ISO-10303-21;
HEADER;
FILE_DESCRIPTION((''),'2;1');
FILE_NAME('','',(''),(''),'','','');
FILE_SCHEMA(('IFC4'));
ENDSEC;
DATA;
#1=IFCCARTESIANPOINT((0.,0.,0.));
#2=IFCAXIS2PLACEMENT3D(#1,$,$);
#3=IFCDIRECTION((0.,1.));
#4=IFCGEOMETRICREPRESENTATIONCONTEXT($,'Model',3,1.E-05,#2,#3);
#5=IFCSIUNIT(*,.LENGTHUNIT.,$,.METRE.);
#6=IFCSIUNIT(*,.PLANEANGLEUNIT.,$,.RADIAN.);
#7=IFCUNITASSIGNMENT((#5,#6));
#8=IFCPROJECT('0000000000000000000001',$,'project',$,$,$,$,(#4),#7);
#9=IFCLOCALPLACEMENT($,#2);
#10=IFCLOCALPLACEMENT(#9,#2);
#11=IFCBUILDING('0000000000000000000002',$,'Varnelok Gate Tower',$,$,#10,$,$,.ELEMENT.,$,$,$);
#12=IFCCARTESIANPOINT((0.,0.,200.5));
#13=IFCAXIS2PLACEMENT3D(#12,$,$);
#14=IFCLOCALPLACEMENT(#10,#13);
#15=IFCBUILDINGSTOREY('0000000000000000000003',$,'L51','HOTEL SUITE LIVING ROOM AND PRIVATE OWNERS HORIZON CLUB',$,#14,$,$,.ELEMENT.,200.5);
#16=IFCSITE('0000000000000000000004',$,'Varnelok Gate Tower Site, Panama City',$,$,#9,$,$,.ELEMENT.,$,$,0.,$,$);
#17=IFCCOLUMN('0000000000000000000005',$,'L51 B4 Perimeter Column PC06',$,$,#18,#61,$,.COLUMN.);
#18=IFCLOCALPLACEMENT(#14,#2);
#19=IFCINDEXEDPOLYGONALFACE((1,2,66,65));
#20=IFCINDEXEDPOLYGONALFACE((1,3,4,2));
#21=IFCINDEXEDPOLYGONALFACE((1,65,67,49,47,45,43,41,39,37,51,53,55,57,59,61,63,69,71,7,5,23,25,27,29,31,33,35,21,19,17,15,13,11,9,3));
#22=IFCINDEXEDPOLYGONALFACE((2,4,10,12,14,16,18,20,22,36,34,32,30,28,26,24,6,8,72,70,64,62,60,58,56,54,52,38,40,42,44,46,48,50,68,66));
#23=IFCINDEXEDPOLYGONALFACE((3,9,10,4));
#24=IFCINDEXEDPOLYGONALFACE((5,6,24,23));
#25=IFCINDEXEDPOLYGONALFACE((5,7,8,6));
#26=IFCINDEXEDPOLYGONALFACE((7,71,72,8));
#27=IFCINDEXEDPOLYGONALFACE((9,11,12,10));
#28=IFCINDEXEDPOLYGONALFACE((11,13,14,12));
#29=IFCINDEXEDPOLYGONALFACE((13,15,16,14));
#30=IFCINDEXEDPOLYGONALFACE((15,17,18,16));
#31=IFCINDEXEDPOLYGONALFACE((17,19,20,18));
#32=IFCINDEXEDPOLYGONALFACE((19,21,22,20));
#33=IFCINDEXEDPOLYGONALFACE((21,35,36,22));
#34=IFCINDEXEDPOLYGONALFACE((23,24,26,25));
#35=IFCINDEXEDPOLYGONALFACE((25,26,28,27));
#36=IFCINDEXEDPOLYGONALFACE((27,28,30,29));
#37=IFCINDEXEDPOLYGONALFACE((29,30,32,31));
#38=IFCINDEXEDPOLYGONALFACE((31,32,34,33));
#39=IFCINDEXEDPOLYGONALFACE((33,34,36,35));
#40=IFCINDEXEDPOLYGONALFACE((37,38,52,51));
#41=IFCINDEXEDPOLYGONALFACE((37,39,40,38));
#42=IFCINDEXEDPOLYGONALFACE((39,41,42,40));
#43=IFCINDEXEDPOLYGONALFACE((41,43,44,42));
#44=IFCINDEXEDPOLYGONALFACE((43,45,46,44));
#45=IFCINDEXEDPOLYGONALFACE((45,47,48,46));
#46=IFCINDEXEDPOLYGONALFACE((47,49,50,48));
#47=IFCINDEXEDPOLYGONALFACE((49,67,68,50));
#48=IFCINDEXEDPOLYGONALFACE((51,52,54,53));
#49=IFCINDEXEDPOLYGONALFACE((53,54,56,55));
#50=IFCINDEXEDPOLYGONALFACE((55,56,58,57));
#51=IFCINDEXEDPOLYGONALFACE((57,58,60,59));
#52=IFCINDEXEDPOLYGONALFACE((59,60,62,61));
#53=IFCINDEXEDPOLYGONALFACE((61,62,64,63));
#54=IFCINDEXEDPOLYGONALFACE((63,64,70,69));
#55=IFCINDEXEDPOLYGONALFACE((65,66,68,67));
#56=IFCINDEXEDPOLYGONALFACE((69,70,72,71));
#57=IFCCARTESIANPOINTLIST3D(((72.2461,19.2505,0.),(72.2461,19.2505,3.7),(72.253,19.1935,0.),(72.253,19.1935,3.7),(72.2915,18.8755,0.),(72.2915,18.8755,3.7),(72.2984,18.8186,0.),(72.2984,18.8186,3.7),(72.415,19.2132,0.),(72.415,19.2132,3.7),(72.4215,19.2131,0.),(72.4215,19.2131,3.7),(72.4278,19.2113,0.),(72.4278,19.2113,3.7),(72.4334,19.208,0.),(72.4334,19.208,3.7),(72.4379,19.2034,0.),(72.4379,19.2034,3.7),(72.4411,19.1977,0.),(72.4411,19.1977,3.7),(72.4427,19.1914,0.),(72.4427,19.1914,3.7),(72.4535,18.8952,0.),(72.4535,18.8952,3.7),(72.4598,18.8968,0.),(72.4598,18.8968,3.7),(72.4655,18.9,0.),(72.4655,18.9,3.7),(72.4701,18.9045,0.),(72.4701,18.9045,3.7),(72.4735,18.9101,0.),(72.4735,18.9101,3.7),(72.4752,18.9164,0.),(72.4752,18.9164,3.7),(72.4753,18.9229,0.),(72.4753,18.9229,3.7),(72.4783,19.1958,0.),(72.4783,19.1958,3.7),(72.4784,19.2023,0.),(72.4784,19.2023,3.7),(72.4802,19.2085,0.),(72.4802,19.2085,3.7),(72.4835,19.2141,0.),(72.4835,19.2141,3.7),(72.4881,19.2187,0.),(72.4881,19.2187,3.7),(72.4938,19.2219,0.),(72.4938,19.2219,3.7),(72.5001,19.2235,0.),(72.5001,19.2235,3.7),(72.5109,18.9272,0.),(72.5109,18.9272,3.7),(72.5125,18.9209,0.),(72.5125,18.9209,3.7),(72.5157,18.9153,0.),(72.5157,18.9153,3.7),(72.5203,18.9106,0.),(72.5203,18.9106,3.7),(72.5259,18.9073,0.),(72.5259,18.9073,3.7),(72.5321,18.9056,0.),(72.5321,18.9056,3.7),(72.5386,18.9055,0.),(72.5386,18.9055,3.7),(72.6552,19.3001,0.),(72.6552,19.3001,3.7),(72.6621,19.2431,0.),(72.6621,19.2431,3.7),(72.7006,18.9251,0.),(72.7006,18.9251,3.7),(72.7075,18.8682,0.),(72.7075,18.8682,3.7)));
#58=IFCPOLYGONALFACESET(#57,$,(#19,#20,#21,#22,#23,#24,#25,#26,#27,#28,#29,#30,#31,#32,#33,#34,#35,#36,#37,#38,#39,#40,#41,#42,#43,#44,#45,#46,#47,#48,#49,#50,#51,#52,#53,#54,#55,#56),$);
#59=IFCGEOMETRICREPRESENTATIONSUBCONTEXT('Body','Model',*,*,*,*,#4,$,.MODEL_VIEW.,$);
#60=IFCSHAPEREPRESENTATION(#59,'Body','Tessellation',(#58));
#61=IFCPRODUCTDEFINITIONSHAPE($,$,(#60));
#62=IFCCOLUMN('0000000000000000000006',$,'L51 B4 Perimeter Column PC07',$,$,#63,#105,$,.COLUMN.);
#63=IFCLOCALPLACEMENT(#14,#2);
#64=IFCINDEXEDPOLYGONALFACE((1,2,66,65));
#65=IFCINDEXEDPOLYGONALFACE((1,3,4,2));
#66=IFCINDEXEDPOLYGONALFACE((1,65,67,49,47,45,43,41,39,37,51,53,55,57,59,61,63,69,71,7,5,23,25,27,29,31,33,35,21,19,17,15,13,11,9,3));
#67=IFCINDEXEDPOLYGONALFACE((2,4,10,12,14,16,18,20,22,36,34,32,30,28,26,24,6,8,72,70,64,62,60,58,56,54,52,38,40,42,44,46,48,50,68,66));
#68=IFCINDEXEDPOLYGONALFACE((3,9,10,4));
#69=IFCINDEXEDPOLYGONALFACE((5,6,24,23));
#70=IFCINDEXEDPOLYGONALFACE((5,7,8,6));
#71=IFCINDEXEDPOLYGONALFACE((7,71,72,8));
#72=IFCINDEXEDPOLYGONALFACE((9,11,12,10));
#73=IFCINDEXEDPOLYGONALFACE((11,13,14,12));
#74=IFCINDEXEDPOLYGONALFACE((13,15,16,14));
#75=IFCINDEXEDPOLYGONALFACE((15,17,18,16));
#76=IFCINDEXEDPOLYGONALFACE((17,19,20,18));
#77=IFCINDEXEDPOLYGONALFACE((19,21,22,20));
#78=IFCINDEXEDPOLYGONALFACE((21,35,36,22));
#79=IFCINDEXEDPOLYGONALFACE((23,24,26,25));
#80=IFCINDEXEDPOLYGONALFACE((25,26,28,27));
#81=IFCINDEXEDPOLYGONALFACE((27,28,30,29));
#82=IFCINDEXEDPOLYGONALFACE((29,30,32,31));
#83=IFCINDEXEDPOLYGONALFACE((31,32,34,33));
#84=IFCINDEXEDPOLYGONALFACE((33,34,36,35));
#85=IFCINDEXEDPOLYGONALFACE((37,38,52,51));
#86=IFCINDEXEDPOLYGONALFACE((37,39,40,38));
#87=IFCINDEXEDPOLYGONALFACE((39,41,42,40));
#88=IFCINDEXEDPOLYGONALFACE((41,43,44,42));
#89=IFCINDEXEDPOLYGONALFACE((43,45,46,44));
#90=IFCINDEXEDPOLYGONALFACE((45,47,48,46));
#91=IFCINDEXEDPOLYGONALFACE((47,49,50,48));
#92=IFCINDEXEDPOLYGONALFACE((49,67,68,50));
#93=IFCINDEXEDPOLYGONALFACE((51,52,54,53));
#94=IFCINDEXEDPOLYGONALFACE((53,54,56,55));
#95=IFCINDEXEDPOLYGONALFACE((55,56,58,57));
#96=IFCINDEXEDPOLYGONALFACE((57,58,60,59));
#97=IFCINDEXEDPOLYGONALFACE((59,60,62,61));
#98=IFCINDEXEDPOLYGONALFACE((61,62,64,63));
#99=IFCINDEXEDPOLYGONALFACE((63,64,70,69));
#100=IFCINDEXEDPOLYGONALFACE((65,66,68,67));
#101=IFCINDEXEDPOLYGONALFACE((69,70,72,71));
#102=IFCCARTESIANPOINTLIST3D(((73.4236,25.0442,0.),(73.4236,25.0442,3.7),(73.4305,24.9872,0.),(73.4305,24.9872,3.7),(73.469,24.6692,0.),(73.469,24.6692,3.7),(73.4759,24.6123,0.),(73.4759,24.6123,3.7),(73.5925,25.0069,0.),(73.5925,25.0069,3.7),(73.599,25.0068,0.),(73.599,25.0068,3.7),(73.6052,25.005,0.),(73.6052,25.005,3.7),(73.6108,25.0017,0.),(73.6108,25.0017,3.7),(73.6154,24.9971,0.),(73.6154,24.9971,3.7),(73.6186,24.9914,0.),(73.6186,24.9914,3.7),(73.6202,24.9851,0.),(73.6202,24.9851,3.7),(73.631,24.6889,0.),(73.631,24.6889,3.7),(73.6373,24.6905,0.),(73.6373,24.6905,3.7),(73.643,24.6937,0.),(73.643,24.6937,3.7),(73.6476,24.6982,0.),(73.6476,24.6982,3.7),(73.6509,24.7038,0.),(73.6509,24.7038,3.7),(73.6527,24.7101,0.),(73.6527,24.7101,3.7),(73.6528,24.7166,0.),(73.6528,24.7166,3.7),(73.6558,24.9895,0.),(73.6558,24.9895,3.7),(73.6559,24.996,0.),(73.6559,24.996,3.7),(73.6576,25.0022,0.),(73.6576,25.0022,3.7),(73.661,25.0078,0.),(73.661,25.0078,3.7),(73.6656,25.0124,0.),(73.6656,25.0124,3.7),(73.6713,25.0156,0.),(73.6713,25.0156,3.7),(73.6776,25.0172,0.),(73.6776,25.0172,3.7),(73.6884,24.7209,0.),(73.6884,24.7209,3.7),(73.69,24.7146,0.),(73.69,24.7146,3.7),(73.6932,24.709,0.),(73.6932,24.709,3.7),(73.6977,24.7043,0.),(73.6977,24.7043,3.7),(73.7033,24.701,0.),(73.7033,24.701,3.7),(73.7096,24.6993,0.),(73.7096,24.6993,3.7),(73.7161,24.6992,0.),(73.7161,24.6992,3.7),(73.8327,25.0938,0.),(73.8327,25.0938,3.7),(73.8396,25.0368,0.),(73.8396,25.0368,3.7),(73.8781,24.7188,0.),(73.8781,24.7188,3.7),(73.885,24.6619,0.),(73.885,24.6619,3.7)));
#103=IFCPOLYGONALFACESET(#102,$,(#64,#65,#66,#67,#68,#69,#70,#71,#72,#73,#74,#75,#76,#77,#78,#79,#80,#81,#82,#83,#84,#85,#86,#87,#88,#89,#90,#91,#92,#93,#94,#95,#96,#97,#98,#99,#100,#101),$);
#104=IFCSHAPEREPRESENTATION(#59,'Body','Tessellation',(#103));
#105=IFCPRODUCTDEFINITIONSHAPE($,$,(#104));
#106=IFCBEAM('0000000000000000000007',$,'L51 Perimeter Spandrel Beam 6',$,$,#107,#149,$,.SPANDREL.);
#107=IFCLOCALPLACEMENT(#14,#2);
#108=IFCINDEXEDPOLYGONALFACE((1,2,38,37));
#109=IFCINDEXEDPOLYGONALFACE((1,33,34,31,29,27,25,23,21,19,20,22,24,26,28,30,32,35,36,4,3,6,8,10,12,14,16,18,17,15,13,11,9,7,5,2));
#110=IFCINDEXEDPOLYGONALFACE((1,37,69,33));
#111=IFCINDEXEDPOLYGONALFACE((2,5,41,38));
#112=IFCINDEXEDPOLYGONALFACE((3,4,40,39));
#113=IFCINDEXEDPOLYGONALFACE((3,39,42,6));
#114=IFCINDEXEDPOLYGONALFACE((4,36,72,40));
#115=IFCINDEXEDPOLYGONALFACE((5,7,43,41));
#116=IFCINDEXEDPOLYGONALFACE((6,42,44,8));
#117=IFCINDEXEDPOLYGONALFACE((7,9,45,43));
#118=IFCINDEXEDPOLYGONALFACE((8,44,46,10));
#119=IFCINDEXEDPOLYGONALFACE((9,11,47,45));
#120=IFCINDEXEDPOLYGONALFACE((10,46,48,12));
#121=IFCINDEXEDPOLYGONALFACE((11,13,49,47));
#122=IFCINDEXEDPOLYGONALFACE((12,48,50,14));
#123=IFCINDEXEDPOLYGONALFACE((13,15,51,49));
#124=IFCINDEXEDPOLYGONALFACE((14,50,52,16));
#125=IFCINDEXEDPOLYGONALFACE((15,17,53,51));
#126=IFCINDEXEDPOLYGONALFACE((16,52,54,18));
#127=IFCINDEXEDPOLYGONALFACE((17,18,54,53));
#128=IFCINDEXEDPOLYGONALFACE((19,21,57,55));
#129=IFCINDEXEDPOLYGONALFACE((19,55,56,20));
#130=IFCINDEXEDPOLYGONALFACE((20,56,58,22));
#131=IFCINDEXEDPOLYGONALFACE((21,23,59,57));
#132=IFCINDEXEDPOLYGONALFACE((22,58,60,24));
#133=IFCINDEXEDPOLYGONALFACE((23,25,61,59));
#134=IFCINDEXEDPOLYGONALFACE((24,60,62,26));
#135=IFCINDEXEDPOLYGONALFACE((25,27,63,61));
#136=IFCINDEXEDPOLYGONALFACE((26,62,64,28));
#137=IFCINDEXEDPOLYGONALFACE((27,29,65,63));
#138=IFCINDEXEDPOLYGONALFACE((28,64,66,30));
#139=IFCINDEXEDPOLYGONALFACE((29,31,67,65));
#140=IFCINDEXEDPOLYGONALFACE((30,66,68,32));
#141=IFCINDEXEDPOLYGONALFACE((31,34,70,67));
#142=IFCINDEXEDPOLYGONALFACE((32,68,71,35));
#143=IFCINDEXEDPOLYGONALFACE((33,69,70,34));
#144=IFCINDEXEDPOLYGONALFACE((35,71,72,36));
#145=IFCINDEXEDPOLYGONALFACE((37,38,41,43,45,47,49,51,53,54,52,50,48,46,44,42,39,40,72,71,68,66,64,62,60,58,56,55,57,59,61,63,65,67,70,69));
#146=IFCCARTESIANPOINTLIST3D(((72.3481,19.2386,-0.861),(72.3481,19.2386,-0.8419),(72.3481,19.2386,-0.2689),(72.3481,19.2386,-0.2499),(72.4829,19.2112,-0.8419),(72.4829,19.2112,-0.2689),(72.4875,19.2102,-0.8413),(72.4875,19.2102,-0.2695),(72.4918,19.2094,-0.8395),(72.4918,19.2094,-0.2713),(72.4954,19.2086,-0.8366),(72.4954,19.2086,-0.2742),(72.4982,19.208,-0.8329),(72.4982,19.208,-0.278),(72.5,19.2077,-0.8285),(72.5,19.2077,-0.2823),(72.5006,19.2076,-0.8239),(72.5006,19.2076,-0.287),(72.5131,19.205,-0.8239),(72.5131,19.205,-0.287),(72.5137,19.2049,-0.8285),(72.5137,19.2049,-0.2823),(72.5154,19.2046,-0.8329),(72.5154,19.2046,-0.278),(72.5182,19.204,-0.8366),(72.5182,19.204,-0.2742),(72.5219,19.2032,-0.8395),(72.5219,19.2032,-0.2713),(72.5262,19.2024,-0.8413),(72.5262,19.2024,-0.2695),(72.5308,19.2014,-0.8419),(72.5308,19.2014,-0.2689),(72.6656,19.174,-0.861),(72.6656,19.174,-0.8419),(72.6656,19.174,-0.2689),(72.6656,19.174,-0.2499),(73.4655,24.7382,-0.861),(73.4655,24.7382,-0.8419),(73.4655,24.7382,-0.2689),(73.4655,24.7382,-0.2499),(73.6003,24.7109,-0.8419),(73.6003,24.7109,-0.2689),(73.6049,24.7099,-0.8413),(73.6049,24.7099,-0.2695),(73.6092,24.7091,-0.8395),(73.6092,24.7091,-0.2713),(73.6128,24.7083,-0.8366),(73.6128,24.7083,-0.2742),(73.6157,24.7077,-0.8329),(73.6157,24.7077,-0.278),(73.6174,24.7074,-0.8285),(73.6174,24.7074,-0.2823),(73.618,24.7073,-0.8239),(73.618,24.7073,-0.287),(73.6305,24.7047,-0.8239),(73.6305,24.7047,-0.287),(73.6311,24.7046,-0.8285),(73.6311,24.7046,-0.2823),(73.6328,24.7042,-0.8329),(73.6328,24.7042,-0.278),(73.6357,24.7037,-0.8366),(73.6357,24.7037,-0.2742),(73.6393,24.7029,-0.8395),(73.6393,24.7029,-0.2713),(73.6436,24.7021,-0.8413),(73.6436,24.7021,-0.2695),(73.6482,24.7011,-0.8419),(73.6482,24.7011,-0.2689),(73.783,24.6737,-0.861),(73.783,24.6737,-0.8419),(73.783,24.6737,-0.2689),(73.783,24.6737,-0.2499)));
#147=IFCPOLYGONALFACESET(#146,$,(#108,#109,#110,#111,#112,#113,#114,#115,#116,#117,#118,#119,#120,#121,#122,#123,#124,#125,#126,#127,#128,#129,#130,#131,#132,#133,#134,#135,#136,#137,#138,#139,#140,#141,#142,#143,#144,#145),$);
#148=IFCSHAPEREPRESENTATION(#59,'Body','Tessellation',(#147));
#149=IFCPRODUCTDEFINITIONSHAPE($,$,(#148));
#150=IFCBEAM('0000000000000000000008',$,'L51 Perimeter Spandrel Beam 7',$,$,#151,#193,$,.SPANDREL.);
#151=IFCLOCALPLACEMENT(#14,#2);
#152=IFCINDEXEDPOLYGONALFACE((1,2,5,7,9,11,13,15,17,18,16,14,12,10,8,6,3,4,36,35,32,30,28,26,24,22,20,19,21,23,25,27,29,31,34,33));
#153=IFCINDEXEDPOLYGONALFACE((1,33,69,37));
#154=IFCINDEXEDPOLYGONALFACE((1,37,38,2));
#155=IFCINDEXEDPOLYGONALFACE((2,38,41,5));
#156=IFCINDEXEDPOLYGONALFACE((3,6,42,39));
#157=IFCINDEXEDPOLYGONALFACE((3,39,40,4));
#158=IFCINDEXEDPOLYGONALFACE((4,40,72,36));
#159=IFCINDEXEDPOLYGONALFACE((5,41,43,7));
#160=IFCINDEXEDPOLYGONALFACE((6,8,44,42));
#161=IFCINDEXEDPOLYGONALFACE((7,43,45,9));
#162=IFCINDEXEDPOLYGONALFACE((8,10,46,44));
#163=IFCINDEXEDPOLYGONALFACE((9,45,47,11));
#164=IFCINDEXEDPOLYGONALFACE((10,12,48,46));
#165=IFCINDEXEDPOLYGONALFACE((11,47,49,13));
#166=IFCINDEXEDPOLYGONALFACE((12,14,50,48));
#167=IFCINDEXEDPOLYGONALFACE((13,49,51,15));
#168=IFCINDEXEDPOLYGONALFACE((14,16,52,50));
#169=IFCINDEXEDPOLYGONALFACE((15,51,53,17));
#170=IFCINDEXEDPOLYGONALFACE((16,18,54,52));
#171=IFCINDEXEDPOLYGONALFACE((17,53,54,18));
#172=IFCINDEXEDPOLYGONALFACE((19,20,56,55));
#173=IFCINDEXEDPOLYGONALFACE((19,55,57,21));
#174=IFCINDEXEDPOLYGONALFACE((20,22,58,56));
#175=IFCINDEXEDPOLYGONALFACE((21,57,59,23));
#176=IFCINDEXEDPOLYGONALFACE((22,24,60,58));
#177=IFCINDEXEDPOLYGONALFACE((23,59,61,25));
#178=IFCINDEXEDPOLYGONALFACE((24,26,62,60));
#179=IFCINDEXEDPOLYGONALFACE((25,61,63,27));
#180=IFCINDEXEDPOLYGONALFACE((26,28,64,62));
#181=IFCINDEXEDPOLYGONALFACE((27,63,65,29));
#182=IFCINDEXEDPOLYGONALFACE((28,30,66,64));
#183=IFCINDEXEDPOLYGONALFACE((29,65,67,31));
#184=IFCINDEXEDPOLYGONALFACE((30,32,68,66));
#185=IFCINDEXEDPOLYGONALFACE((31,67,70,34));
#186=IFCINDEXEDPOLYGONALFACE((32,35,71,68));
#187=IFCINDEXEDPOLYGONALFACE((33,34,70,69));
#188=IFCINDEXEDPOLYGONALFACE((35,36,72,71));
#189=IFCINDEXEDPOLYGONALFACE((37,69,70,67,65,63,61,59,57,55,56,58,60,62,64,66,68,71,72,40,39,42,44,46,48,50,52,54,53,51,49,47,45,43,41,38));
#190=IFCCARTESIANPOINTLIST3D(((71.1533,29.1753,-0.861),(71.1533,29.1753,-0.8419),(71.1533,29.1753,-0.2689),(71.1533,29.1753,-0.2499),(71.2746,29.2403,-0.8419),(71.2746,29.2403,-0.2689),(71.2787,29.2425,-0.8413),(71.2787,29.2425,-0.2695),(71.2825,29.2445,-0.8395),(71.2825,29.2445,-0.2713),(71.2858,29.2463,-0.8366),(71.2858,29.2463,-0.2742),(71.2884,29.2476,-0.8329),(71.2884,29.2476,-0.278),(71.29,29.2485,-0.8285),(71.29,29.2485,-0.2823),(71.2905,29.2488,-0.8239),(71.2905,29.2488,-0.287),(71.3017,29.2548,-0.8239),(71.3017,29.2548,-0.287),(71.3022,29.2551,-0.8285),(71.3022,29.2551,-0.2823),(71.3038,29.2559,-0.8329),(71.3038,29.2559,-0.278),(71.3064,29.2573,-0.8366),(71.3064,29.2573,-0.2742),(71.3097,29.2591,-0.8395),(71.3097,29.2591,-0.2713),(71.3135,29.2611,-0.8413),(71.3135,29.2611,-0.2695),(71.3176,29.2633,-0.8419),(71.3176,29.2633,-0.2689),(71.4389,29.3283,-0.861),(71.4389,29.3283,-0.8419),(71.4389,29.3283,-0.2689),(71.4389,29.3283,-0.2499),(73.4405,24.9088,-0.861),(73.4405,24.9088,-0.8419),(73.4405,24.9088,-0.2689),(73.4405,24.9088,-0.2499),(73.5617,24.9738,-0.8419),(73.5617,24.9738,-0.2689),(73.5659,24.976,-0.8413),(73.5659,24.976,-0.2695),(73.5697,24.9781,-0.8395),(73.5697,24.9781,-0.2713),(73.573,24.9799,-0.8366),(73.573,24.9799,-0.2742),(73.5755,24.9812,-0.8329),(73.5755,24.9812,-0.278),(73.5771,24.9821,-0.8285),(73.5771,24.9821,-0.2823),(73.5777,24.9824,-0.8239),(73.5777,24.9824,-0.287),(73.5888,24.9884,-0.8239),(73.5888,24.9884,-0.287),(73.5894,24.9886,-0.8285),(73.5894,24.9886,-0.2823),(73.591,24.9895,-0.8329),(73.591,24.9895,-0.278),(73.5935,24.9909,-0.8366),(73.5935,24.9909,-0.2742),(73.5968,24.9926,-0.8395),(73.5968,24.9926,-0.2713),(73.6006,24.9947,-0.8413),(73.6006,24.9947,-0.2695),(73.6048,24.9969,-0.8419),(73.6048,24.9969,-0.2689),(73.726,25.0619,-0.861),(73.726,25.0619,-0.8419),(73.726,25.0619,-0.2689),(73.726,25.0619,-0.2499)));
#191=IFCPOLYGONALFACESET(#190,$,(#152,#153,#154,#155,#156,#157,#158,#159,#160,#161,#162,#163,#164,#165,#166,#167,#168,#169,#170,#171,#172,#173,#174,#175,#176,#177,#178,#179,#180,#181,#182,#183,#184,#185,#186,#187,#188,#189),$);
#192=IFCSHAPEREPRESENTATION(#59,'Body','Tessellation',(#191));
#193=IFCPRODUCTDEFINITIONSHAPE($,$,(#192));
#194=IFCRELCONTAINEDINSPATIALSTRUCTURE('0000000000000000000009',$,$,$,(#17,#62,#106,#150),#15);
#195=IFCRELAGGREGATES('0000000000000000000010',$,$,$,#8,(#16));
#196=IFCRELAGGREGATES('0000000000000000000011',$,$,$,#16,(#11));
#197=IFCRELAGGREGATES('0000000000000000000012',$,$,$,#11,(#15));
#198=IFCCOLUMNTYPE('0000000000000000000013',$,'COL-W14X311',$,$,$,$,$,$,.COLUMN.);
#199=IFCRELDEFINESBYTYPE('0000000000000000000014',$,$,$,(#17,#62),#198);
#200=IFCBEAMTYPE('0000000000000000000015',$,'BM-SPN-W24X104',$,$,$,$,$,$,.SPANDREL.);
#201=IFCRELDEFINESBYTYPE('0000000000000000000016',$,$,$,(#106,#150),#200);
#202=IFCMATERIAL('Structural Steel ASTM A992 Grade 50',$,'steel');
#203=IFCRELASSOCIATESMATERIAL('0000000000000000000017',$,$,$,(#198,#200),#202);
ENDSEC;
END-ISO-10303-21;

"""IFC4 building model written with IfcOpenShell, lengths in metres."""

from ifc_helpers import new_model, si_unit, direction, frame, origin, origin_2d, place, context, subcontext, project, spatial, i_section, extrude, material, material_profile, profile_set, type_object, element, save


model = new_model("IFC4")

# Units and contexts
model_context = context("Model", 3, precision=1e-05, world=origin(), true_north=direction((0.0, 1.0)))
body_context = subcontext(model_context, "Body", "Model", "MODEL_VIEW")
ifc_project = project(units=[si_unit("LENGTHUNIT", "METRE"), si_unit("PLANEANGLEUNIT", "RADIAN")], contexts=[model_context])

# Site, building, storey
site_placement = place(None, origin())
site = spatial("IfcSite", under=ifc_project, at=site_placement, Name="Varnelok Gate Tower Site, Panama City", CompositionType="ELEMENT", RefElevation=0.0)
building_placement = place(site_placement, origin())
building = spatial("IfcBuilding", under=site, at=building_placement, Name="Varnelok Gate Tower", CompositionType="ELEMENT")
storey_placement = place(building_placement, frame((0.0, 0.0, 200.5)))
storey = spatial("IfcBuildingStorey", under=building, at=storey_placement, Name="L51", Description="HOTEL SUITE LIVING ROOM AND PRIVATE OWNERS HORIZON CLUB", CompositionType="ELEMENT", Elevation=200.5)

# Columns
ifc_material_1 = material(Name="Structural Steel ASTM A992 Grade 50", Category="steel")
ifc_material_profile_1 = material_profile(ifc_material_1, i_section(OverallWidth=0.4121, OverallDepth=0.4351, WebThickness=0.0359, FlangeThickness=0.0574, FilletRadius=0.0249, at=origin_2d()), Name="W14X311")
ifc_profile_set_1 = profile_set([ifc_material_profile_1], Name="Structural Steel ASTM A992 Grade 50")
column_type = type_object("IfcColumnType", Name="COL-W14X311", PredefinedType="COLUMN", material=ifc_profile_set_1)
for number, where, z_axis, x_axis, name in (
    (1, (72.4768, 19.0593, 0.0), (0.0, 0.0, 1.0), (0.992732, 0.120345, 0.0), "L51 B4 Perimeter Column PC06"),
    (2, (73.6543, 24.853, 0.0), (0.0, 0.0, 1.0), (0.992732, 0.120345, 0.0), "L51 B4 Perimeter Column PC07"),
):
    element("IfcColumn", number, at=place(storey_placement, frame(where, z_axis=z_axis, x_axis=x_axis)), inside=storey, type_object=column_type, Name=name, PredefinedType="COLUMN", context=body_context, shape_type="SweptSolid", body=[
        extrude(i_section(OverallWidth=0.4121, OverallDepth=0.4351, WebThickness=0.0359, FlangeThickness=0.0574, FilletRadius=0.0249, at=origin_2d()), origin(), (0.0, 0.0, 1.0), 3.7),
    ])

# Beams
ifc_material_profile_2 = material_profile(ifc_material_1, i_section(OverallWidth=0.324, OverallDepth=0.6111, WebThickness=0.0127, FlangeThickness=0.019, FilletRadius=0.0181, at=origin_2d()), Name="W24X104")
ifc_profile_set_2 = profile_set([ifc_material_profile_2], Name="Structural Steel ASTM A992 Grade 50")
beam_type = type_object("IfcBeamType", Name="BM-SPN-W24X104", PredefinedType="SPANDREL", material=ifc_profile_set_2)
beam_1_placement = place(storey_placement, frame((72.5068, 19.2063, -0.5554), z_axis=(0.19911, 0.979977, 0.0), x_axis=(-0.979977, 0.19911, 0.0)))
element("IfcBeam", 3, at=beam_1_placement, inside=storey, type_object=beam_type, Name="L51 Perimeter Spandrel Beam 6", PredefinedType="SPANDREL", context=body_context, shape_type="SweptSolid", body=[
    extrude(i_section(OverallWidth=0.324, OverallDepth=0.6111, WebThickness=0.0127, FlangeThickness=0.019, FilletRadius=0.0181, at=origin_2d()), origin(), (0.0, 0.0, 1.0), 5.6121),
])
beam_2_placement = place(storey_placement, frame((73.5833, 24.9854, -0.5554), z_axis=(-0.472472, 0.881346, 0.0), x_axis=(-0.881346, -0.472472, 0.0)))
element("IfcBeam", 4, at=beam_2_placement, inside=storey, type_object=beam_type, Name="L51 Perimeter Spandrel Beam 7", PredefinedType="SPANDREL", context=body_context, shape_type="SweptSolid", body=[
    extrude(i_section(OverallWidth=0.324, OverallDepth=0.6111, WebThickness=0.0127, FlangeThickness=0.019, FilletRadius=0.0181, at=origin_2d()), origin(), (0.0, 0.0, 1.0), 4.8408),
])

save(model, "model.ifc")
